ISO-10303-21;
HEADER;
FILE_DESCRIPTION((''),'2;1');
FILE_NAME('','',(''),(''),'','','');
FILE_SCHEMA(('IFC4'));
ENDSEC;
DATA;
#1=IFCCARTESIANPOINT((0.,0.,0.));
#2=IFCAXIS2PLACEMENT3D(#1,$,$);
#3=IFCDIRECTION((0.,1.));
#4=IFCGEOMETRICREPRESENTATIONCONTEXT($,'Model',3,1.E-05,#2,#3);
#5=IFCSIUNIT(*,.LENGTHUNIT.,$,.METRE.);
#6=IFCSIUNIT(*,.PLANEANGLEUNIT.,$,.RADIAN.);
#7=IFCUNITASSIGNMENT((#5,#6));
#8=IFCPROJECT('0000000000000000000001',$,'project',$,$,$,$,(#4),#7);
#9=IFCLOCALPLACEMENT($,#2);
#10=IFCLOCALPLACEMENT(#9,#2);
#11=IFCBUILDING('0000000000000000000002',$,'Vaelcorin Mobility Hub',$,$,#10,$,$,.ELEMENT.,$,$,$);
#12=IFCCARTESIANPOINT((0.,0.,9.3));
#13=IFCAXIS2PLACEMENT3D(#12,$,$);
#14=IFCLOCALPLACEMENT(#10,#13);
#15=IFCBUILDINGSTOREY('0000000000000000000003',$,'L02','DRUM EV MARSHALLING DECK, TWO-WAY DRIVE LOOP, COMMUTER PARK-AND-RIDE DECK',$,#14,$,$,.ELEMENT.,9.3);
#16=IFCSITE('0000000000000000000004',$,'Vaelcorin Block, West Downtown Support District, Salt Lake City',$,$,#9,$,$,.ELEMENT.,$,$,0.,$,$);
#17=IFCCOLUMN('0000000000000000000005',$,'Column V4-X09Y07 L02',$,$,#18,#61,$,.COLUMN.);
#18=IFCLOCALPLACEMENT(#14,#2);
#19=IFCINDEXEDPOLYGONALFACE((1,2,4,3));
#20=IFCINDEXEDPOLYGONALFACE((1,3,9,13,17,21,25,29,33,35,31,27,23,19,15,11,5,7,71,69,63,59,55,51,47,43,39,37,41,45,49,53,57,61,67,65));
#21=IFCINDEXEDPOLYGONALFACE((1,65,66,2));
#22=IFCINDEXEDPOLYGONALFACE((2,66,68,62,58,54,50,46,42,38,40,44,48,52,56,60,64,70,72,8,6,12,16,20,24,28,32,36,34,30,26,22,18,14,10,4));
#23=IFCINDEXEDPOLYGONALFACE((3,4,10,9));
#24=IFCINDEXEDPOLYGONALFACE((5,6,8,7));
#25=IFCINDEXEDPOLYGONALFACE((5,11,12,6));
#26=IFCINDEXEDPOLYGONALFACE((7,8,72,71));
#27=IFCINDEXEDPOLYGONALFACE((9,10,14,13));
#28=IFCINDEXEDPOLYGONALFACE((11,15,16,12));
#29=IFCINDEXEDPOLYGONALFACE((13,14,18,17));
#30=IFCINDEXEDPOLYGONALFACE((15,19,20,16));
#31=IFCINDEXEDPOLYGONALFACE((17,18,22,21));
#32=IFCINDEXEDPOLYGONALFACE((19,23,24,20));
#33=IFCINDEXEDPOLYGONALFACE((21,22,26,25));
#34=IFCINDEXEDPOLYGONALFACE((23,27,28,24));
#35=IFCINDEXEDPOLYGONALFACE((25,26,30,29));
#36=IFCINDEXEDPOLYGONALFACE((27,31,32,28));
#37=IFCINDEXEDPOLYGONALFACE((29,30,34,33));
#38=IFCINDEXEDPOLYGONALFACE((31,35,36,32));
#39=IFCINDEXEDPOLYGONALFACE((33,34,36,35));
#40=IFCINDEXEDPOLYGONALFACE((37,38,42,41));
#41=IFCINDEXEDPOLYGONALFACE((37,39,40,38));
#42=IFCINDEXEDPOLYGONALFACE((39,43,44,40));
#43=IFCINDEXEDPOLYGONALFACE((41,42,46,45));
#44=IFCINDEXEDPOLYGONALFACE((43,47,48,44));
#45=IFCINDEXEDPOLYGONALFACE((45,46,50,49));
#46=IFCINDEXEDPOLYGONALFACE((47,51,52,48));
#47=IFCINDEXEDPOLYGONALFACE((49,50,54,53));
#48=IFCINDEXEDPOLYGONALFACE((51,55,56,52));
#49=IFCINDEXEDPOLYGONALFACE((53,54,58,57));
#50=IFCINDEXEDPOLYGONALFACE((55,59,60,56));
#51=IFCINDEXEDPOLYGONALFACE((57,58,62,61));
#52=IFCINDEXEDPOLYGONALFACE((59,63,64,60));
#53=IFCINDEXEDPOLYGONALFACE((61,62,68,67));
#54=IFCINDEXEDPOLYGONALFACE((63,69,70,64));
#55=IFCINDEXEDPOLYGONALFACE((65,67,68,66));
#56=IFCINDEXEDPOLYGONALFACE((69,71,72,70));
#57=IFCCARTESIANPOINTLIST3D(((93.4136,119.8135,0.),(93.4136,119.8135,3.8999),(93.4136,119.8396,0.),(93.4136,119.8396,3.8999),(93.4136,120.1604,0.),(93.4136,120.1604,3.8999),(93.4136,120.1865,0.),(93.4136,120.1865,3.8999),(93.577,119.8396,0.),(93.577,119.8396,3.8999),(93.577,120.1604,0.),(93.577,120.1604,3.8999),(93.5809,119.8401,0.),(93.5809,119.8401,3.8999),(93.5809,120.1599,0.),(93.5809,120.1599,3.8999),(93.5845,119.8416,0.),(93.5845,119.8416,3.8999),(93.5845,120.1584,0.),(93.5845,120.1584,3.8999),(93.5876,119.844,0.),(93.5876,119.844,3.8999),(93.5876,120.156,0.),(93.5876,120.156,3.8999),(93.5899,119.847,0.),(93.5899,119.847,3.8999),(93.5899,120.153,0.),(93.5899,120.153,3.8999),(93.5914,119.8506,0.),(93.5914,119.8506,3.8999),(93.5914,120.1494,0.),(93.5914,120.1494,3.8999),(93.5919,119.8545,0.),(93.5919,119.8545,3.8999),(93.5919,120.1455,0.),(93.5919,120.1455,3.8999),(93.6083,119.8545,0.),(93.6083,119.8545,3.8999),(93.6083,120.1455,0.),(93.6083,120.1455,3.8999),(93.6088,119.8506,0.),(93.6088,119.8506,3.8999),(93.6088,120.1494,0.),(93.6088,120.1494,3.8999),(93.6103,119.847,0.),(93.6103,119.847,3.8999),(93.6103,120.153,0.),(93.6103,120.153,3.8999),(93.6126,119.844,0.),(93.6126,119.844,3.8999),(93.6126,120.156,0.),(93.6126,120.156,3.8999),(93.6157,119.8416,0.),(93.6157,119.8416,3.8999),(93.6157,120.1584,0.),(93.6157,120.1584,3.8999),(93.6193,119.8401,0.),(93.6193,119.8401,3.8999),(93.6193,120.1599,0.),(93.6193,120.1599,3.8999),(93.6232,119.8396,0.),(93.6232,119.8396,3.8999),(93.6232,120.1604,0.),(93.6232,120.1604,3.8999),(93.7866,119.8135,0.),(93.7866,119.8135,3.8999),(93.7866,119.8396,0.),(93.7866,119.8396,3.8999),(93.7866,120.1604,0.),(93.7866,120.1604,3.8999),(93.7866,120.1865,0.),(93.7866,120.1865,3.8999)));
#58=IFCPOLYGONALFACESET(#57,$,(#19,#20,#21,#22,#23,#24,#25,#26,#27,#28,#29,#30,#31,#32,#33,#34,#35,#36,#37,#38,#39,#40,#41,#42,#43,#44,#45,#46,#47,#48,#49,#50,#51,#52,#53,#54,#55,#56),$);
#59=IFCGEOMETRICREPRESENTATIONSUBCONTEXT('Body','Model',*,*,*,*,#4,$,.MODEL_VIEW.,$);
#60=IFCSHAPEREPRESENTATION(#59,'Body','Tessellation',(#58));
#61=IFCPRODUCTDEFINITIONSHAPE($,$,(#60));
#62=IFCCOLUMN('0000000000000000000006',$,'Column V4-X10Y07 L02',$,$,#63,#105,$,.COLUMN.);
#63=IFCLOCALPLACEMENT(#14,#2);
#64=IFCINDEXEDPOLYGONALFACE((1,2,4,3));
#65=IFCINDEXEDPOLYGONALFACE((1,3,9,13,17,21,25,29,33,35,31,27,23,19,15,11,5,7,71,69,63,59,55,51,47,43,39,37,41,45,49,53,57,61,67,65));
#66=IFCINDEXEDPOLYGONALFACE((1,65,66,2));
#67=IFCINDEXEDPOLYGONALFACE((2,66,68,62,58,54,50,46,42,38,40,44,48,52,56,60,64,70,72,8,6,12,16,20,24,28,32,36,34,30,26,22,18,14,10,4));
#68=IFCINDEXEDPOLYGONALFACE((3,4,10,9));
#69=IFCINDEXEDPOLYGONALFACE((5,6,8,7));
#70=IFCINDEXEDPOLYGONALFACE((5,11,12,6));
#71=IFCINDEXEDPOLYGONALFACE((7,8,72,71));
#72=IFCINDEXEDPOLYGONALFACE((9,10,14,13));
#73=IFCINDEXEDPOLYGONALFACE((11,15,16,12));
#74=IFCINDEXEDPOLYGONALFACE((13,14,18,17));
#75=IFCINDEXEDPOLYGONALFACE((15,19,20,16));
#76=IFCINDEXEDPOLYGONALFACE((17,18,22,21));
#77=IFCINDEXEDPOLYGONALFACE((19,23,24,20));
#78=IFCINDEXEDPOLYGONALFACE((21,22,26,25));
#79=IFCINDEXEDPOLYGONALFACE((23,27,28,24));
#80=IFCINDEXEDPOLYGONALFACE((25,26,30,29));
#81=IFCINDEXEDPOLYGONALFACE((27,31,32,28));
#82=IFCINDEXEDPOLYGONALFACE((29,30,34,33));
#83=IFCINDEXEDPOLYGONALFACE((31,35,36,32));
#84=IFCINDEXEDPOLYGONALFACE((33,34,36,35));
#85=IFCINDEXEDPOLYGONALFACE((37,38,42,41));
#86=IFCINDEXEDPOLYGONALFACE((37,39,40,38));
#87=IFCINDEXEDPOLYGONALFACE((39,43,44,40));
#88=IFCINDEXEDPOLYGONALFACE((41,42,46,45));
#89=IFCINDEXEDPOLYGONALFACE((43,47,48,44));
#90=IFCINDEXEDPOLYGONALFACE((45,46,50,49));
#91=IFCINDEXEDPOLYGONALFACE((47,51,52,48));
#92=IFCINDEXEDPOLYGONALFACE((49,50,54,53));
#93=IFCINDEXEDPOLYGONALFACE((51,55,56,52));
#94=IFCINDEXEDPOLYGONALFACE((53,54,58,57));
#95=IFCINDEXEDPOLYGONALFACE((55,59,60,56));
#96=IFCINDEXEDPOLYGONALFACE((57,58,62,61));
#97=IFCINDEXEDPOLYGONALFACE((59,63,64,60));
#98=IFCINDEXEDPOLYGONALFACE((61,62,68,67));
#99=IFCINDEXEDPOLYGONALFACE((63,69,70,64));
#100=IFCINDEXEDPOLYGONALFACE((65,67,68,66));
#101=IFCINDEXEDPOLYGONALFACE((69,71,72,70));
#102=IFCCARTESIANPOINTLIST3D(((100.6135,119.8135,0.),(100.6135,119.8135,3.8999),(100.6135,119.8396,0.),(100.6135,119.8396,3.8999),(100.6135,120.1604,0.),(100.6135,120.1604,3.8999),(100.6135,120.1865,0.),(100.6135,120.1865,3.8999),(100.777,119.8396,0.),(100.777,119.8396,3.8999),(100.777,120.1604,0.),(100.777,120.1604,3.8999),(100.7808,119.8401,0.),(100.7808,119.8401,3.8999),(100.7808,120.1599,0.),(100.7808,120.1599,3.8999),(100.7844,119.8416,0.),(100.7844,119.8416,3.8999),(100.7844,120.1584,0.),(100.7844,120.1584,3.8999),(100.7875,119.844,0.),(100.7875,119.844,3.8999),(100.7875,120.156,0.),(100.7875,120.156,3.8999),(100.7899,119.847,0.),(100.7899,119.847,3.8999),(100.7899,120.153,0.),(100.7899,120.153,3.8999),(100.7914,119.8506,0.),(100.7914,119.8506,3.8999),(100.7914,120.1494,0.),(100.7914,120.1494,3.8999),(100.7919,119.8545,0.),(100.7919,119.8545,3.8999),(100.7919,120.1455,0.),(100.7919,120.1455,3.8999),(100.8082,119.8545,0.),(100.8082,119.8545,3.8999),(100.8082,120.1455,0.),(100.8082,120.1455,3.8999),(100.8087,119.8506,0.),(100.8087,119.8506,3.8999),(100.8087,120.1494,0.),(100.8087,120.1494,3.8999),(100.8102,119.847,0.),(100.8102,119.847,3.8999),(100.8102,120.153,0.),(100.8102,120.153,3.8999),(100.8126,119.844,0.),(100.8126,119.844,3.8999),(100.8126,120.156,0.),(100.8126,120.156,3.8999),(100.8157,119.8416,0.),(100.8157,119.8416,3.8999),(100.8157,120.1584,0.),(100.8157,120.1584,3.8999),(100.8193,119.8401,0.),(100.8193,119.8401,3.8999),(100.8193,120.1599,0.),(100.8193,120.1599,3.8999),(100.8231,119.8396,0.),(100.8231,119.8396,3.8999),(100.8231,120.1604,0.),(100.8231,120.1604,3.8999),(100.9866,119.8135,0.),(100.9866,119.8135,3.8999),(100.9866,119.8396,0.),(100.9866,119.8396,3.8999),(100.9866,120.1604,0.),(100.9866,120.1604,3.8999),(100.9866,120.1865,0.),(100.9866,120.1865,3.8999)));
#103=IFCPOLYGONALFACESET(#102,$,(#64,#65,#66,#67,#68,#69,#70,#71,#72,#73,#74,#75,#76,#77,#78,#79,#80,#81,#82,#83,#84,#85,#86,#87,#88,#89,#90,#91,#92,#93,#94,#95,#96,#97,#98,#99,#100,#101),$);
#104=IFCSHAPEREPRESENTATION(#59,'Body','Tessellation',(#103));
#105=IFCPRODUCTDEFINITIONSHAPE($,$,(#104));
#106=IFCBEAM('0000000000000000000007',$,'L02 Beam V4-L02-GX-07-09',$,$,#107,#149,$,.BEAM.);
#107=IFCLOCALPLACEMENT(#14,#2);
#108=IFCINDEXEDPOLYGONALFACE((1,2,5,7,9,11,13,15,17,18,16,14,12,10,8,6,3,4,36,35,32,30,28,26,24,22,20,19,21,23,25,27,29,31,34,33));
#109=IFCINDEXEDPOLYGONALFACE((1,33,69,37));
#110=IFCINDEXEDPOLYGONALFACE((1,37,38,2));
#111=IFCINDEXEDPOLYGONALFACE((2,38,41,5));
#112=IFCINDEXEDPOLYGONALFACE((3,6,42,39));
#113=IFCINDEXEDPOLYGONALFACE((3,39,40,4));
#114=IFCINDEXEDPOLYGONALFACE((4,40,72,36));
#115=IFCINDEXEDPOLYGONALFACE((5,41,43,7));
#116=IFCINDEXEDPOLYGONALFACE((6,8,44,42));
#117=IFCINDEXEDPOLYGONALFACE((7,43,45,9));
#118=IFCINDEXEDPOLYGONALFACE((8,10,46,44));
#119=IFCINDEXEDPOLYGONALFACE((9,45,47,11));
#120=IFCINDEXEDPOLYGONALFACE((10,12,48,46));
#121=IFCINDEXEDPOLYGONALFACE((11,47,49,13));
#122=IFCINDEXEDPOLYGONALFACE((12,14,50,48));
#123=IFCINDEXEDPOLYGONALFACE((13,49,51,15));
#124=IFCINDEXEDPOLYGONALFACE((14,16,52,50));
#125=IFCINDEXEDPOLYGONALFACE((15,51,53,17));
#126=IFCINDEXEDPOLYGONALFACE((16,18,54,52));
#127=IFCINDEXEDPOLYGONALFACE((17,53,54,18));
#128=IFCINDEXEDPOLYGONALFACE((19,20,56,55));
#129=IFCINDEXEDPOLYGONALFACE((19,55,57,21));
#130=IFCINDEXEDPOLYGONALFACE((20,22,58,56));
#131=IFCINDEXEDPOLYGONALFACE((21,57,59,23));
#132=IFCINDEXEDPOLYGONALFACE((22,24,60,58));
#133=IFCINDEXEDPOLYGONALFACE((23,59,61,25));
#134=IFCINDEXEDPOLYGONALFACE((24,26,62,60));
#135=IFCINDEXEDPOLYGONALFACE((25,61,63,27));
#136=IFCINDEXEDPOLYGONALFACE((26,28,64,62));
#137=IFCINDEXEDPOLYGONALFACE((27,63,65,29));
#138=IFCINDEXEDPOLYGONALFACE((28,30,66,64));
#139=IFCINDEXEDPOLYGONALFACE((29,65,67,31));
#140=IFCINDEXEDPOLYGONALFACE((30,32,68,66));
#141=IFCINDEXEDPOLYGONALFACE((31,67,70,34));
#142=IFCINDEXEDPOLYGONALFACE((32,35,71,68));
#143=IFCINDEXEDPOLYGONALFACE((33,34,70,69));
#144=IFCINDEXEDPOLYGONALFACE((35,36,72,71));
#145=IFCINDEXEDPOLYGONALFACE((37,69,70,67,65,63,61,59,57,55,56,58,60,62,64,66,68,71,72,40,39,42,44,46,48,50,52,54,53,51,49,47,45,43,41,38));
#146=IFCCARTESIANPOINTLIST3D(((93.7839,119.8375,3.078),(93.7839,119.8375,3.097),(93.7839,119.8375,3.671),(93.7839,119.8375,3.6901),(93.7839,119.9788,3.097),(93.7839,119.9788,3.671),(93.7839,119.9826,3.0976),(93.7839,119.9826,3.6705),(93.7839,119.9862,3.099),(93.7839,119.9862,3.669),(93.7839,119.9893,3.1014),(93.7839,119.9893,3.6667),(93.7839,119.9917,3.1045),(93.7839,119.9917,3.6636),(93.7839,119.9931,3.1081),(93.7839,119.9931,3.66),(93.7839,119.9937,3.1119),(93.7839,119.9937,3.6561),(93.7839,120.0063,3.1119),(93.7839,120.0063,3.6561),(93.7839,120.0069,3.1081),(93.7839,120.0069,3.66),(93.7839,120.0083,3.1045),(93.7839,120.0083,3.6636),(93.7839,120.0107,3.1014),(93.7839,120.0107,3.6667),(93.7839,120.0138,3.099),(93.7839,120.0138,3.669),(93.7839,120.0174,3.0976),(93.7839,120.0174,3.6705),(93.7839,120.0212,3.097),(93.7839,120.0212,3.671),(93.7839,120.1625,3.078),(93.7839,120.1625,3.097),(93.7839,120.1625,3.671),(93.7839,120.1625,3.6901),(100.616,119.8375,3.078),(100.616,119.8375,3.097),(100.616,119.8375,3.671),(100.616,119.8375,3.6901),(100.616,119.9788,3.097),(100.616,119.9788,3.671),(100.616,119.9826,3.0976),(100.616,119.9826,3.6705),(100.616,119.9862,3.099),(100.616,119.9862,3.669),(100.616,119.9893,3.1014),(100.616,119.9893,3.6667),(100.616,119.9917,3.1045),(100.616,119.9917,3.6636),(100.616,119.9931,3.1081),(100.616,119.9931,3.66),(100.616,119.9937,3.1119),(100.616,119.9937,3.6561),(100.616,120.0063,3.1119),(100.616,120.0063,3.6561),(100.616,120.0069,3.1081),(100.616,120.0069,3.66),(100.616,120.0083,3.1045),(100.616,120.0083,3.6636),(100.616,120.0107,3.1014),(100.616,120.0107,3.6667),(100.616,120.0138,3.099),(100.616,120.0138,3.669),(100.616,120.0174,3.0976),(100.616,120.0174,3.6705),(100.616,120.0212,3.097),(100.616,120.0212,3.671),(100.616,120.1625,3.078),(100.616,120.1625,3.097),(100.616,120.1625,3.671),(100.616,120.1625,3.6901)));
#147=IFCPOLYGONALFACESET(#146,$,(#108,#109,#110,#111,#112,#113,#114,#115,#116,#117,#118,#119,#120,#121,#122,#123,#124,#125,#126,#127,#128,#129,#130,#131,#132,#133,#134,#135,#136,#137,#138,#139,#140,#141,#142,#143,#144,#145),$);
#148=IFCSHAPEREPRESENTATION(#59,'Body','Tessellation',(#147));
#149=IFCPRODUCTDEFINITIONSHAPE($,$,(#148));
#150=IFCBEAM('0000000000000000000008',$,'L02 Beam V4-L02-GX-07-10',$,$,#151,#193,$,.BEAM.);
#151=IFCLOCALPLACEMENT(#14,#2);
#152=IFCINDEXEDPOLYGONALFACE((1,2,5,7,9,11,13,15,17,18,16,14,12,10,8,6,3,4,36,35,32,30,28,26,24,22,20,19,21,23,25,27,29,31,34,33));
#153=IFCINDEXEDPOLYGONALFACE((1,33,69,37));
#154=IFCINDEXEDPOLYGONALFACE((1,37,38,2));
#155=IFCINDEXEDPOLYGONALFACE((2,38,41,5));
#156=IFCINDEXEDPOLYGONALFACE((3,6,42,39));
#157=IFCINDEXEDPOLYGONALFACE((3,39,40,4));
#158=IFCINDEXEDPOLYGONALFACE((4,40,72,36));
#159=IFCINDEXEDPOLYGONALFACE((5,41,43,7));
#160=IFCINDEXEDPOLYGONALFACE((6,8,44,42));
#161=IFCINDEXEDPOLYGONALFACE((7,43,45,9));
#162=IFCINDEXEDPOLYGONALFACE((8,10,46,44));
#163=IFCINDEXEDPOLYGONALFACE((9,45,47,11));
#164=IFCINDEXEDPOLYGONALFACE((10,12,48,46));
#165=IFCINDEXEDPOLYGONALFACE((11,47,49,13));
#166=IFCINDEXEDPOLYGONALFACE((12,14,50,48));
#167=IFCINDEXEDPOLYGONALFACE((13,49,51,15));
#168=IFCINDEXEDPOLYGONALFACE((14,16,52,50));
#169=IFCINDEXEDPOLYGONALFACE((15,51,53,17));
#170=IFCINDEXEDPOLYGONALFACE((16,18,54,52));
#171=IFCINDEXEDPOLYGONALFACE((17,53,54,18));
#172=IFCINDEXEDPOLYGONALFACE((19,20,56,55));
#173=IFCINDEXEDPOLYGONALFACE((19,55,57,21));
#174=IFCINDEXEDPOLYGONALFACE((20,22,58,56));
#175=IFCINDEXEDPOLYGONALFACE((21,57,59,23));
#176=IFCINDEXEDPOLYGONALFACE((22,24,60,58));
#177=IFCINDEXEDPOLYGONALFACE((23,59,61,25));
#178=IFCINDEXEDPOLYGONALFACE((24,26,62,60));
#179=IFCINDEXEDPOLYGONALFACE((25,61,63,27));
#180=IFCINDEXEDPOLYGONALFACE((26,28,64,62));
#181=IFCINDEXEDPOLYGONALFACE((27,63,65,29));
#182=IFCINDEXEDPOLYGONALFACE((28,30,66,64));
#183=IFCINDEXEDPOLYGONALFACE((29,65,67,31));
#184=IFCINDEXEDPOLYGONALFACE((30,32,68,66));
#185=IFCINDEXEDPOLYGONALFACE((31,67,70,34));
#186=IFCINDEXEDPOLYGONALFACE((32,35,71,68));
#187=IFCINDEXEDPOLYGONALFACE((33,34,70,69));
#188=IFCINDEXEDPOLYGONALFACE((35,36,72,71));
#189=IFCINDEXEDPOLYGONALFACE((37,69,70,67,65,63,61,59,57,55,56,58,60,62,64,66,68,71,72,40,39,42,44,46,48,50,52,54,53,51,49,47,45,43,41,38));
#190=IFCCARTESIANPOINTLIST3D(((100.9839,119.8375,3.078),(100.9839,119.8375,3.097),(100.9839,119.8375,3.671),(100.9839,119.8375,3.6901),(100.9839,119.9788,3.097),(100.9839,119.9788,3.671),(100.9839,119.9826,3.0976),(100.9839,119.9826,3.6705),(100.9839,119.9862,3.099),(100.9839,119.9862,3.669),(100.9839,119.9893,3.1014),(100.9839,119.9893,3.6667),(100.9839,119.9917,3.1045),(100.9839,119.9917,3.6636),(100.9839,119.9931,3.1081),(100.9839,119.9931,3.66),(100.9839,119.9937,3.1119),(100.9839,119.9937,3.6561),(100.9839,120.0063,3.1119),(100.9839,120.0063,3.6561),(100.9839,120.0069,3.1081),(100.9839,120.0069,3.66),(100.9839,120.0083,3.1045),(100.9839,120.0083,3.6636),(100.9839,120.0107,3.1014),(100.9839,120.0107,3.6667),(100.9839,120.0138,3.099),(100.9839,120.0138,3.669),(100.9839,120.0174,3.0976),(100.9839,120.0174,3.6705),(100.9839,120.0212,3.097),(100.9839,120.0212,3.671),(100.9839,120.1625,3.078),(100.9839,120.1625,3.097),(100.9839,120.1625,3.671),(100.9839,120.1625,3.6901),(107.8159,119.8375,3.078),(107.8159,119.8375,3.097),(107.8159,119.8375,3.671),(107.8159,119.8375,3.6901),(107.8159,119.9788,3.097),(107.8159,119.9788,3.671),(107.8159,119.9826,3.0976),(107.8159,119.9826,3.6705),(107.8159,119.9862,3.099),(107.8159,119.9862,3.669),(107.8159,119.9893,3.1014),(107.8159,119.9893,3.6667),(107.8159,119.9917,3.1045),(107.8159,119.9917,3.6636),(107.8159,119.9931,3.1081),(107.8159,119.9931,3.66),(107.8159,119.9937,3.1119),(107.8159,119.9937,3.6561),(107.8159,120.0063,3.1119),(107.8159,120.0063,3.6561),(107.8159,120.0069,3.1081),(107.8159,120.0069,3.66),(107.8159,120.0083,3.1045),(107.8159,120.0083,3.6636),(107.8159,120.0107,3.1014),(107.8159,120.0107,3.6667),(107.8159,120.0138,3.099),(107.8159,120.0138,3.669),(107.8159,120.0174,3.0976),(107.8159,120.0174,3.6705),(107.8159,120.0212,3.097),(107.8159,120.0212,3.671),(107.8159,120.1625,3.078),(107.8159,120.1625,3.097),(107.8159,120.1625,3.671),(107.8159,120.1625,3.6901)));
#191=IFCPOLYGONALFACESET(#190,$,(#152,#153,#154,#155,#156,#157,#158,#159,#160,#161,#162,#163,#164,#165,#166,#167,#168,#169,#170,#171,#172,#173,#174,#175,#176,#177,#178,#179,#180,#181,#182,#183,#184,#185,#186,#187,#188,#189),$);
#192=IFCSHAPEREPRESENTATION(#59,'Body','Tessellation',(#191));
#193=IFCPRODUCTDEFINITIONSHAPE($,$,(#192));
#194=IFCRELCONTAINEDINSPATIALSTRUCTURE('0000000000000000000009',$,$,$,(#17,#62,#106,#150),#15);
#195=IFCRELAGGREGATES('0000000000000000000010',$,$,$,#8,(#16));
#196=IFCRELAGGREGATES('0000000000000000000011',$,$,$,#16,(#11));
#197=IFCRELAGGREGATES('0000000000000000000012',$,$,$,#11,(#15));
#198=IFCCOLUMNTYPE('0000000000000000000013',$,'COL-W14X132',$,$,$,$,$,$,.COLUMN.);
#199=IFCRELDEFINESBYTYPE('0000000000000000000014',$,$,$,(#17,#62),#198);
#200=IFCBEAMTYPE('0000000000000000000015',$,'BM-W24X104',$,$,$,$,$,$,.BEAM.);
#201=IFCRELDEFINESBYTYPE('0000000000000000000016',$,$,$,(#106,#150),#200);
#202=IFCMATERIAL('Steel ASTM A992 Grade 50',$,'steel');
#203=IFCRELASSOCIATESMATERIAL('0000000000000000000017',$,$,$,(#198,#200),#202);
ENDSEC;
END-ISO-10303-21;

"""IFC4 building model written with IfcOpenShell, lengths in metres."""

from ifc_helpers import new_model, si_unit, direction, frame, origin, origin_2d, place, context, subcontext, project, spatial, i_section, extrude, material, material_profile, profile_set, type_object, element, save


model = new_model("IFC4")

# Units and contexts
model_context = context("Model", 3, precision=1e-05, world=origin(), true_north=direction((0.0, 1.0)))
body_context = subcontext(model_context, "Body", "Model", "MODEL_VIEW")
ifc_project = project(units=[si_unit("LENGTHUNIT", "METRE"), si_unit("PLANEANGLEUNIT", "RADIAN")], contexts=[model_context])

# Site, building, storey
site_placement = place(None, origin())
site = spatial("IfcSite", under=ifc_project, at=site_placement, Name="Vaelcorin Block, West Downtown Support District, Salt Lake City", CompositionType="ELEMENT", RefElevation=0.0)
building_placement = place(site_placement, origin())
building = spatial("IfcBuilding", under=site, at=building_placement, Name="Vaelcorin Mobility Hub", CompositionType="ELEMENT")
storey_placement = place(building_placement, frame((0.0, 0.0, 9.3)))
storey = spatial("IfcBuildingStorey", under=building, at=storey_placement, Name="L02", Description="DRUM EV MARSHALLING DECK, TWO-WAY DRIVE LOOP, COMMUTER PARK-AND-RIDE DECK", CompositionType="ELEMENT", Elevation=9.3)

# Columns
ifc_material_1 = material(Name="Steel ASTM A992 Grade 50", Category="steel")
ifc_material_profile_1 = material_profile(ifc_material_1, i_section(OverallWidth=0.373, OverallDepth=0.373, WebThickness=0.0164, FlangeThickness=0.0261, FilletRadius=0.0149, at=origin_2d()), Name="W14X132")
ifc_profile_set_1 = profile_set([ifc_material_profile_1], Name="Steel ASTM A992 Grade 50")
column_type = type_object("IfcColumnType", Name="COL-W14X132", PredefinedType="COLUMN", material=ifc_profile_set_1)
for number, where, z_axis, x_axis, name in (
    (1, (93.6001, 120.0, 0.0), (0.0, 0.0, 1.0), (1.0, 0.0, 0.0), "Column V4-X09Y07 L02"),
    (2, (100.8, 120.0, 0.0), (0.0, 0.0, 1.0), (1.0, 0.0, 0.0), "Column V4-X10Y07 L02"),
):
    element("IfcColumn", number, at=place(storey_placement, frame(where, z_axis=z_axis, x_axis=x_axis)), inside=storey, type_object=column_type, Name=name, PredefinedType="COLUMN", context=body_context, shape_type="SweptSolid", body=[
        extrude(i_section(OverallWidth=0.373, OverallDepth=0.373, WebThickness=0.0164, FlangeThickness=0.0261, FilletRadius=0.0149, at=origin_2d()), origin(), (0.0, 0.0, 1.0), 3.8999),
    ])

# Beams
ifc_material_profile_2 = material_profile(ifc_material_1, i_section(OverallWidth=0.325, OverallDepth=0.6121, WebThickness=0.0127, FlangeThickness=0.019, FilletRadius=0.0149, at=origin_2d()), Name="W24X104")
ifc_profile_set_2 = profile_set([ifc_material_profile_2], Name="Steel ASTM A992 Grade 50")
beam_type = type_object("IfcBeamType", Name="BM-W24X104", PredefinedType="BEAM", material=ifc_profile_set_2)
for number, where, z_axis, x_axis, name in (
    (3, (93.7839, 120.0, 3.384), (1.0, 0.0, 0.0), (0.0, 1.0, 0.0), "L02 Beam V4-L02-GX-07-09"),
    (4, (100.9839, 120.0, 3.384), (1.0, 0.0, 0.0), (0.0, 1.0, 0.0), "L02 Beam V4-L02-GX-07-10"),
):
    element("IfcBeam", number, at=place(storey_placement, frame(where, z_axis=z_axis, x_axis=x_axis)), inside=storey, type_object=beam_type, Name=name, PredefinedType="BEAM", context=body_context, shape_type="SweptSolid", body=[
        extrude(i_section(OverallWidth=0.325, OverallDepth=0.6121, WebThickness=0.0127, FlangeThickness=0.019, FilletRadius=0.0149, at=origin_2d()), origin(), (0.0, 0.0, 1.0), 6.832),
    ])

save(model, "model.ifc")
